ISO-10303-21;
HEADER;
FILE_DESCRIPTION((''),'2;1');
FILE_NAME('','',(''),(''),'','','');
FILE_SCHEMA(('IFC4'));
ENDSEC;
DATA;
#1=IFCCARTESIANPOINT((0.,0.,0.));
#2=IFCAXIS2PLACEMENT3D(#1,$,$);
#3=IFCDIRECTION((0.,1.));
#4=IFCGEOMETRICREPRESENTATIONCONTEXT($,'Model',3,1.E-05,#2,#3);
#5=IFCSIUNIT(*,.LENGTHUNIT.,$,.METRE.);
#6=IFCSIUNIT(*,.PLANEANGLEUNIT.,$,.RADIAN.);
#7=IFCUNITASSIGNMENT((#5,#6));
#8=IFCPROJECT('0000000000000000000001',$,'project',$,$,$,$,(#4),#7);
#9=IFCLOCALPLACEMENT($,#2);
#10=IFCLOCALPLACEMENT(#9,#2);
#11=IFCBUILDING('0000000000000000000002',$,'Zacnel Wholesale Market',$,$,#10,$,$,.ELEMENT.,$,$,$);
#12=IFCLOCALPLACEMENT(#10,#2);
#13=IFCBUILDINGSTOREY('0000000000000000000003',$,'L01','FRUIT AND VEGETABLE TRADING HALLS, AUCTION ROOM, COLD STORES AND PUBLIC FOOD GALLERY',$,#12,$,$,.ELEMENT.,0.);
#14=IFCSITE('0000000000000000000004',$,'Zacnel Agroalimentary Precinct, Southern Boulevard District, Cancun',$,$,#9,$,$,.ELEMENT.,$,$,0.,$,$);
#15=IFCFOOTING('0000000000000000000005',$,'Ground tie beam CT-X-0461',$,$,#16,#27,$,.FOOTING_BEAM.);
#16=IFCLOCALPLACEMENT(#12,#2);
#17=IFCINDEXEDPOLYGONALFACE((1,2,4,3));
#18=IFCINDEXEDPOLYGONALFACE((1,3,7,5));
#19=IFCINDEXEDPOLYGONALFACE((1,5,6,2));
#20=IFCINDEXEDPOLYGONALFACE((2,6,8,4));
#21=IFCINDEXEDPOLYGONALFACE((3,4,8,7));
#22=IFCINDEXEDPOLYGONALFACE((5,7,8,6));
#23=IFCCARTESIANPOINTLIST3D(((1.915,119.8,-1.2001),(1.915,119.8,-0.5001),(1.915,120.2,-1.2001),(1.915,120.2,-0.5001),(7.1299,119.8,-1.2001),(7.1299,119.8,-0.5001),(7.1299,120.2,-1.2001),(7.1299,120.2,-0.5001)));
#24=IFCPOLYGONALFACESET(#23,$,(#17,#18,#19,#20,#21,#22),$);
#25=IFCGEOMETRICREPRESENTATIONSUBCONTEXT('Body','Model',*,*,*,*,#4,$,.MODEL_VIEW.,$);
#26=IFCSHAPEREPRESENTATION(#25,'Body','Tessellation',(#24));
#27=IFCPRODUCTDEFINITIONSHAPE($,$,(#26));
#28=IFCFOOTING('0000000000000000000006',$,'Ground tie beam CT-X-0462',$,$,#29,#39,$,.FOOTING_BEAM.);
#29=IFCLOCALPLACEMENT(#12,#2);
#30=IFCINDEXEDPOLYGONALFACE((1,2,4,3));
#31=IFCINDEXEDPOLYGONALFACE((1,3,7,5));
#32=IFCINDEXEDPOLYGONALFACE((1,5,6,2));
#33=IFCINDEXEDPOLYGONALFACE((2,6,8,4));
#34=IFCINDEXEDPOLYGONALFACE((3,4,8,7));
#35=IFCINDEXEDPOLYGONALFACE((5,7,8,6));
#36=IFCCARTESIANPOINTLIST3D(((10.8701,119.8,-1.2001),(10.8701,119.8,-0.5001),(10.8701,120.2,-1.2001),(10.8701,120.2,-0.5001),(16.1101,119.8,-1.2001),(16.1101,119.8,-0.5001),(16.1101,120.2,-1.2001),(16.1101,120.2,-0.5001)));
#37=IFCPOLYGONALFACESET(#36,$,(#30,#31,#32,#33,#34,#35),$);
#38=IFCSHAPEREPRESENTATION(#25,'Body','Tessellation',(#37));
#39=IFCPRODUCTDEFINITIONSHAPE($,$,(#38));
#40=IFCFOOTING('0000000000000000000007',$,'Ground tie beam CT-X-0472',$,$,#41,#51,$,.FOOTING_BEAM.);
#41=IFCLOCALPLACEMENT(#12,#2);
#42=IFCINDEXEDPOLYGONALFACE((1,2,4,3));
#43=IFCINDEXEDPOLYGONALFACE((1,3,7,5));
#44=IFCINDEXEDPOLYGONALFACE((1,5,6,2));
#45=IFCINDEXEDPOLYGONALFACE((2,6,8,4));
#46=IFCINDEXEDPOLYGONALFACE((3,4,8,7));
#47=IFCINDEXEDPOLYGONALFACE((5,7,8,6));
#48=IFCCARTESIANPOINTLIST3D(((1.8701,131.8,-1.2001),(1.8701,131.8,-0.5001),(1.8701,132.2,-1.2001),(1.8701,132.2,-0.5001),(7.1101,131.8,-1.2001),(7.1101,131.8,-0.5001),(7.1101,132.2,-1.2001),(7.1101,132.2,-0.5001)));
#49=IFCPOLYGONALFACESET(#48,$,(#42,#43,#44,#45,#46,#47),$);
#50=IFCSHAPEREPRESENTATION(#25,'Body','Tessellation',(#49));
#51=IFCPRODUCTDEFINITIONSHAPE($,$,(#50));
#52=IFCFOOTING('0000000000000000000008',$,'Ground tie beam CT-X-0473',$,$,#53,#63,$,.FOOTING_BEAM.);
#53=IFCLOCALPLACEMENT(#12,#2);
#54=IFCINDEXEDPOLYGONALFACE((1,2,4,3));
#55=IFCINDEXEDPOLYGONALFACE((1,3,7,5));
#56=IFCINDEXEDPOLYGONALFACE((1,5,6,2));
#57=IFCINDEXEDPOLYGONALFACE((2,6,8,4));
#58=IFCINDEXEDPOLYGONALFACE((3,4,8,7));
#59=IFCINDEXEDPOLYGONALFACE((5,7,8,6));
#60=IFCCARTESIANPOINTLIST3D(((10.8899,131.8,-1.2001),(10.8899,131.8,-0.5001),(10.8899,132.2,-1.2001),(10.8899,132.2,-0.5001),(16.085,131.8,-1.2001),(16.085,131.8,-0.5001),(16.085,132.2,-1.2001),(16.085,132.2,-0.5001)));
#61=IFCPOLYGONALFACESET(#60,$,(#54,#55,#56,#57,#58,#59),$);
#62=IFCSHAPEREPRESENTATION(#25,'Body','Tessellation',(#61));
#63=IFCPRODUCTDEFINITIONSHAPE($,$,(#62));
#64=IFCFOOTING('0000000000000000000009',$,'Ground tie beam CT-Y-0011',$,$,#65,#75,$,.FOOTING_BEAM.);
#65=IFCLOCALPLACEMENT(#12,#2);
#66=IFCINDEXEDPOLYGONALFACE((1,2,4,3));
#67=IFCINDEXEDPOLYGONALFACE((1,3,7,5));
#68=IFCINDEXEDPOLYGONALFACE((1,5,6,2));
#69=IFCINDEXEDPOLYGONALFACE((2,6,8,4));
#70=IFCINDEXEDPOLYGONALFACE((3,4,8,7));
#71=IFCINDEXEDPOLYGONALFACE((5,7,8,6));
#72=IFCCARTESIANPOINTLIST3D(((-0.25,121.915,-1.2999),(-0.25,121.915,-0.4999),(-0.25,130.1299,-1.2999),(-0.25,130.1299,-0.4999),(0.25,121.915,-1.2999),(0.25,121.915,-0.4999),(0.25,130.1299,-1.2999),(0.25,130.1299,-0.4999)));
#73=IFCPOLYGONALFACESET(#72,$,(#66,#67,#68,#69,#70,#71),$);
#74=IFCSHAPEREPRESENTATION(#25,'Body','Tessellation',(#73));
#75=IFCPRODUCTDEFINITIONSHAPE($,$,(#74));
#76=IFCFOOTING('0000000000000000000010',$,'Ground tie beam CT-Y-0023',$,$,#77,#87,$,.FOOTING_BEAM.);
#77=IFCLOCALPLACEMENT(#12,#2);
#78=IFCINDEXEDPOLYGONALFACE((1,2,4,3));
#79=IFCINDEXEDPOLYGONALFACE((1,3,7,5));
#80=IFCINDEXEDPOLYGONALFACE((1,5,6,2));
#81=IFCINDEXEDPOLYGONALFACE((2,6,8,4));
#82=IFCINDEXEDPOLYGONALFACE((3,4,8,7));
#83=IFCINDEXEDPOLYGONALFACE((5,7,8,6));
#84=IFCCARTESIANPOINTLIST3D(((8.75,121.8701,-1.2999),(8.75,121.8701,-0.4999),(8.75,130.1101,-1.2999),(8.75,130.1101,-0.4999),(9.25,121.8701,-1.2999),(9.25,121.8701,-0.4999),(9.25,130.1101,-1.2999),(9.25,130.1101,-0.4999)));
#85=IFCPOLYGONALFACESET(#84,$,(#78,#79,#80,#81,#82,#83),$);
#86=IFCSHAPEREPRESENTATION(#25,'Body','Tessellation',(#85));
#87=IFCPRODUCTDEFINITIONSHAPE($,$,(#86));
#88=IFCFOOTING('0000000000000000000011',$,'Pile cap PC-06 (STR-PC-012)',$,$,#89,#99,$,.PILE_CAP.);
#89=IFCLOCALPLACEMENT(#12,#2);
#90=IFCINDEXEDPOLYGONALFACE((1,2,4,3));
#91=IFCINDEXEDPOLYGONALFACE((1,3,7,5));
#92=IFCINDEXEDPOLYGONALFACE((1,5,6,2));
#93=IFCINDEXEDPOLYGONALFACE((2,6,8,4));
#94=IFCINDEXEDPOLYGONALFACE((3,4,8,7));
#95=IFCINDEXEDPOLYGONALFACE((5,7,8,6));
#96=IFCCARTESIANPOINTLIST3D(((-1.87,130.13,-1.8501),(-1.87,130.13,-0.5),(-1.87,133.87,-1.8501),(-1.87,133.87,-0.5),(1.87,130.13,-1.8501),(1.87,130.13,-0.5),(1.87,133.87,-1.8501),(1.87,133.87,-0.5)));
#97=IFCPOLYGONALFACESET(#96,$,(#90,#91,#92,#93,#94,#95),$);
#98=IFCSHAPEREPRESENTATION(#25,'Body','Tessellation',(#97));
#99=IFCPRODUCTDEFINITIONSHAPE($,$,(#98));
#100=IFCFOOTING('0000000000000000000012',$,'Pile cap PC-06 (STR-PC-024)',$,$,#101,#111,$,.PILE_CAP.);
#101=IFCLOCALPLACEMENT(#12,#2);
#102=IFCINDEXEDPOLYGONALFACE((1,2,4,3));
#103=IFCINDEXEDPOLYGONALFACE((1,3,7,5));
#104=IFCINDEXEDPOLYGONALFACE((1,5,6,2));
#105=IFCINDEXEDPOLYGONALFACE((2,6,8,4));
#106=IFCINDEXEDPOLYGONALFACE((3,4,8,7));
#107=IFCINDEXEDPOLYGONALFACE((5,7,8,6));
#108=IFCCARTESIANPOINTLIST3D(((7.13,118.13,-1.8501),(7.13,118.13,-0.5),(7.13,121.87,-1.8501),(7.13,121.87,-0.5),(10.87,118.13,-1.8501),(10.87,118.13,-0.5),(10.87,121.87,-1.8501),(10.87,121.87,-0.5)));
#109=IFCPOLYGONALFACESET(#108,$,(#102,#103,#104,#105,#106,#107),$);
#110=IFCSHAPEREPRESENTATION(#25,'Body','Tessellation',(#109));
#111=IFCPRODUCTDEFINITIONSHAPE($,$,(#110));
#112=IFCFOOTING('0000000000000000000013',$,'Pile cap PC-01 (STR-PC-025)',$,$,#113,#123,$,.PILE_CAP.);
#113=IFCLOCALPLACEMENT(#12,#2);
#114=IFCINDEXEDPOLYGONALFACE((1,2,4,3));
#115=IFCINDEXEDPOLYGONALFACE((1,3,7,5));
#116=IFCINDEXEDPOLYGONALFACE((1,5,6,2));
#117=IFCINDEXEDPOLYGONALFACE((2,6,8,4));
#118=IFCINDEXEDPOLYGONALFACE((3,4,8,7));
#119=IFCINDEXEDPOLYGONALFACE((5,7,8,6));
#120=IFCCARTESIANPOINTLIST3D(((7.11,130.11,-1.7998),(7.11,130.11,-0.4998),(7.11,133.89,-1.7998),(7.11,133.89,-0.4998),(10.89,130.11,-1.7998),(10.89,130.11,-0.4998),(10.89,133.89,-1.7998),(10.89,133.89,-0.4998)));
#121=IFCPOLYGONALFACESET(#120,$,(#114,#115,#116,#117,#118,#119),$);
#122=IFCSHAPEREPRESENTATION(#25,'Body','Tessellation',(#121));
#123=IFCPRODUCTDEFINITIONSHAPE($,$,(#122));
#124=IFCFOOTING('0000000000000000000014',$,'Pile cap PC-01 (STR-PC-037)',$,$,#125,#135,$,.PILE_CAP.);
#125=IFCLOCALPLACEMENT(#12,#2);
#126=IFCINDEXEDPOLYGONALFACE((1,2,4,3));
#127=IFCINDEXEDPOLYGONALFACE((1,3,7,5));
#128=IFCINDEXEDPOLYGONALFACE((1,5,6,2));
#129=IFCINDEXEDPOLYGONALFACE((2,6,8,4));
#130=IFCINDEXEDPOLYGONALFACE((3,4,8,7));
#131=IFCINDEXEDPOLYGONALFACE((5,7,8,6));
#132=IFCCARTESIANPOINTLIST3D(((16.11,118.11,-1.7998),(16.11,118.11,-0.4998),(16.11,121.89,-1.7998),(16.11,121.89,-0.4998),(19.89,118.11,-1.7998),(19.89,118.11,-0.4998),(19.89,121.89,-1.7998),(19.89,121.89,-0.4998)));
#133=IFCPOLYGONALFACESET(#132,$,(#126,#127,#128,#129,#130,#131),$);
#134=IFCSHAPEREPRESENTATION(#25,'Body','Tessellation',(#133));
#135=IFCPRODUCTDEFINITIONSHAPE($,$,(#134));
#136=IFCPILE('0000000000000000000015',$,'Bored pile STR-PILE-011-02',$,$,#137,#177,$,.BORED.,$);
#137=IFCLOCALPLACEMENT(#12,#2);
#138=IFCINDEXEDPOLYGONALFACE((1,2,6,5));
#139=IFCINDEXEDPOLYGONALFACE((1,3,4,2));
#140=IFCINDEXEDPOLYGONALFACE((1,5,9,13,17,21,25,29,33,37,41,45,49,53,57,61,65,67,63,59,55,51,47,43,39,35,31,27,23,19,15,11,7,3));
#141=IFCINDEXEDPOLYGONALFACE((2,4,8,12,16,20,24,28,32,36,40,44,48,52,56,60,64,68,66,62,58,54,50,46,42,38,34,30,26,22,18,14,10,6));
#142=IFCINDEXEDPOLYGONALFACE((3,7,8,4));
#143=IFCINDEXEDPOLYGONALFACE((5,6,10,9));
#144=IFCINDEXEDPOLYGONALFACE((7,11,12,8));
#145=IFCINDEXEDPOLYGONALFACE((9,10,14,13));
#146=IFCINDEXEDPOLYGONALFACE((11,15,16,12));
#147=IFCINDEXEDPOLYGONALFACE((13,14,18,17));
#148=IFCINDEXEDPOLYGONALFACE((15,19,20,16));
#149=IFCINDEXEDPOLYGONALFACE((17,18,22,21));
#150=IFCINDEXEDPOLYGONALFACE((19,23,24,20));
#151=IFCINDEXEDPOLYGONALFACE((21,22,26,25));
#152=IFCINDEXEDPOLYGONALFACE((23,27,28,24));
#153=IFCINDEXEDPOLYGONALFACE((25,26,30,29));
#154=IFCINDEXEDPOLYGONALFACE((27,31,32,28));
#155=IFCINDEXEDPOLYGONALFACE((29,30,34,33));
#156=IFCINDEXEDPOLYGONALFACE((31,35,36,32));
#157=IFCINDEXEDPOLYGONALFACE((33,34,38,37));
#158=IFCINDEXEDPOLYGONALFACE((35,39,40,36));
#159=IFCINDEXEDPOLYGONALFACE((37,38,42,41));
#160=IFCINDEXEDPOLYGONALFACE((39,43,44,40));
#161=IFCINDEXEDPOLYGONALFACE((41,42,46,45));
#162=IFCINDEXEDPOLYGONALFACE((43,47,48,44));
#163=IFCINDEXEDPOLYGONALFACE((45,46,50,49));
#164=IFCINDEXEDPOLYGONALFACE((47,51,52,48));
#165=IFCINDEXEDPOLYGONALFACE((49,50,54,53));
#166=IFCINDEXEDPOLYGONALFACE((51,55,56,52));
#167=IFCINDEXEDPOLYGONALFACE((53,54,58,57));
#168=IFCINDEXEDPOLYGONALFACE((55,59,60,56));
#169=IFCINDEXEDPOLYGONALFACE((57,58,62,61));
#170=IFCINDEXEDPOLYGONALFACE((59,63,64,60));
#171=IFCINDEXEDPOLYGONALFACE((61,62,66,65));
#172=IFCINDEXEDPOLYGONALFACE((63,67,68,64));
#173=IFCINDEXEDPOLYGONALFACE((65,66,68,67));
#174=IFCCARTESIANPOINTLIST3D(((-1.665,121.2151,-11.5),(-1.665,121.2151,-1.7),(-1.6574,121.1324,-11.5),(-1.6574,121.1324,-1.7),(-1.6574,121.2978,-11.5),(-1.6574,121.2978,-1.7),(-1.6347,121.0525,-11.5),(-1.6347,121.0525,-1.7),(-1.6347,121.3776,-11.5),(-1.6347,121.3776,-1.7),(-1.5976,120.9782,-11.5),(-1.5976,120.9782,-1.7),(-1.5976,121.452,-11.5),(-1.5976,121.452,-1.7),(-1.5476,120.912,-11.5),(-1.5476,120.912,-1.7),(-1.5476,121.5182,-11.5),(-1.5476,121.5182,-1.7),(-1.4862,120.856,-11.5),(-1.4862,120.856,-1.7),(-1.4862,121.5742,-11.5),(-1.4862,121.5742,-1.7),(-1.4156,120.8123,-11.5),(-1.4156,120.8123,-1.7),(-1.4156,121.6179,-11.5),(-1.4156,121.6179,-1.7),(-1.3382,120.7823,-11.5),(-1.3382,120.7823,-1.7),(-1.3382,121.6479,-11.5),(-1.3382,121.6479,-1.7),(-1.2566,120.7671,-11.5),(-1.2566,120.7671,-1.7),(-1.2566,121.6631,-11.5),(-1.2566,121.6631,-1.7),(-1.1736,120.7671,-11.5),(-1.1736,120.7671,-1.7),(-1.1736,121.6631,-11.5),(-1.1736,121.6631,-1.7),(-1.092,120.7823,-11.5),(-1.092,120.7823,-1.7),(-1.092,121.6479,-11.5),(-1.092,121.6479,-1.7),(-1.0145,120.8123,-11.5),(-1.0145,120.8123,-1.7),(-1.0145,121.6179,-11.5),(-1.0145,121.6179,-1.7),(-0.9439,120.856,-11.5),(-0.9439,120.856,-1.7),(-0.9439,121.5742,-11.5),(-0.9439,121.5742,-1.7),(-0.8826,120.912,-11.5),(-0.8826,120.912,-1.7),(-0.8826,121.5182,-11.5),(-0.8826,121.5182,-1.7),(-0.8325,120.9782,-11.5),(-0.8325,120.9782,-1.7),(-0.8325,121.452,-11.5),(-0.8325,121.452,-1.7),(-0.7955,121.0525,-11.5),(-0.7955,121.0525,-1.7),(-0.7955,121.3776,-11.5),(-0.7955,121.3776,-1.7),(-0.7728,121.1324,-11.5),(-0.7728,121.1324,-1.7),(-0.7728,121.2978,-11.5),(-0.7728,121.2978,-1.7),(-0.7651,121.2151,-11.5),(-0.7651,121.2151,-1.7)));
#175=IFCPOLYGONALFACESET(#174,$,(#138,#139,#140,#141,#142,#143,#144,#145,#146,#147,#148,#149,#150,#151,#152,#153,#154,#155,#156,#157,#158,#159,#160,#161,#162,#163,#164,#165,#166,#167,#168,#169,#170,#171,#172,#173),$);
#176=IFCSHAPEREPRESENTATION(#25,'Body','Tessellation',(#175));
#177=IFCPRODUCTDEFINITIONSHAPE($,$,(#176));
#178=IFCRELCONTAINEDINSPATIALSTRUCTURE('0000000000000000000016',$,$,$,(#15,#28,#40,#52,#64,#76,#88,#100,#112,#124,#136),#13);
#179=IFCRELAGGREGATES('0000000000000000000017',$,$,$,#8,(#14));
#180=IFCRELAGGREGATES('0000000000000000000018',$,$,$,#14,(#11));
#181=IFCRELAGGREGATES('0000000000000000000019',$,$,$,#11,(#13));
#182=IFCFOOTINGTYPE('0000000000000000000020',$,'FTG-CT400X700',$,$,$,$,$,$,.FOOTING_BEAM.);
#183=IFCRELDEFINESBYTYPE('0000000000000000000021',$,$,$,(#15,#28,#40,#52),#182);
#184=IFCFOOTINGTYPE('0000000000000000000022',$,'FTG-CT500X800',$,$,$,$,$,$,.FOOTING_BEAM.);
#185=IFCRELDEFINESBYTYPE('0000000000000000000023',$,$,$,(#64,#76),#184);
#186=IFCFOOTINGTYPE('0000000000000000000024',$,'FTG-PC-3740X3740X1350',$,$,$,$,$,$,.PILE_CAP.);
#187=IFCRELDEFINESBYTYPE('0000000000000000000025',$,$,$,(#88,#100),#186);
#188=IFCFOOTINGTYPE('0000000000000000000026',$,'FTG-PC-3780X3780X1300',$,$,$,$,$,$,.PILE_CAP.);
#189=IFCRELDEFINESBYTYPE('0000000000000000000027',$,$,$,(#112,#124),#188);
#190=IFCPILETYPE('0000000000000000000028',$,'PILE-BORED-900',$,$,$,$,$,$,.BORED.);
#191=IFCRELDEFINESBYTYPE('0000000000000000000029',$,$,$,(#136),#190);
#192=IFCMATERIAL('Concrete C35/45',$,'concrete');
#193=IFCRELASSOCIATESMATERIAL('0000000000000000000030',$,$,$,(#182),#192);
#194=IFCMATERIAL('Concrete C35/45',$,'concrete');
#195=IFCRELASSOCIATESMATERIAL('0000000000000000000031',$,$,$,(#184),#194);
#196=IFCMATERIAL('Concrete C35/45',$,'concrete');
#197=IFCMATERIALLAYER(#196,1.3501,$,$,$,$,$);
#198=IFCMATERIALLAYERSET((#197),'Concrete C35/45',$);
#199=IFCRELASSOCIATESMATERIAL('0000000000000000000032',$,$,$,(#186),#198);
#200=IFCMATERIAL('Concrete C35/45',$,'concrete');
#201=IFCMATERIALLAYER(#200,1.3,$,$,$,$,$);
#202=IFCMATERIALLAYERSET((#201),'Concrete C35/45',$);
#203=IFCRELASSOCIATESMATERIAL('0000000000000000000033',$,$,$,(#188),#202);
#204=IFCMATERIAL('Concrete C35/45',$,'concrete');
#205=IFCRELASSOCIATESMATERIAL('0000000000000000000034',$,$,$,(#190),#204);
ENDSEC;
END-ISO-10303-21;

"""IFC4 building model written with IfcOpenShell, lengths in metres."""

from ifc_helpers import new_model, si_unit, direction, frame, origin, origin_2d, place, context, subcontext, project, spatial, rectangle, circle, extrude, material, layer, layer_set, material_profile, profile_set, type_object, element, save


model = new_model("IFC4")

# Units and contexts
model_context = context("Model", 3, precision=1e-05, world=origin(), true_north=direction((0.0, 1.0)))
body_context = subcontext(model_context, "Body", "Model", "MODEL_VIEW")
ifc_project = project(units=[si_unit("LENGTHUNIT", "METRE"), si_unit("PLANEANGLEUNIT", "RADIAN")], contexts=[model_context])

# Site, building, storey
site_placement = place(None, origin())
site = spatial("IfcSite", under=ifc_project, at=site_placement, Name="Zacnel Agroalimentary Precinct, Southern Boulevard District, Cancun", CompositionType="ELEMENT", RefElevation=0.0)
building_placement = place(site_placement, origin())
building = spatial("IfcBuilding", under=site, at=building_placement, Name="Zacnel Wholesale Market", CompositionType="ELEMENT")
storey_placement = place(building_placement, origin())
storey = spatial("IfcBuildingStorey", under=building, at=storey_placement, Name="L01", Description="FRUIT AND VEGETABLE TRADING HALLS, AUCTION ROOM, COLD STORES AND PUBLIC FOOD GALLERY", CompositionType="ELEMENT", Elevation=0.0)

# Footings
ifc_material_1 = material(Name="Concrete C35/45", Category="concrete")
ifc_material_profile_1 = material_profile(ifc_material_1, rectangle(XDim=0.3999, YDim=0.7, at=origin_2d()), Name="CT 400x700")
ifc_profile_set_1 = profile_set([ifc_material_profile_1], Name="Concrete C35/45")
footing_type_1 = type_object("IfcFootingType", Name="FTG-CT400X700", PredefinedType="FOOTING_BEAM", material=ifc_profile_set_1)
footing_1_placement = place(storey_placement, frame((1.915, 120.0, -0.8501), z_axis=(1.0, 0.0, 0.0), x_axis=(0.0, 1.0, 0.0)))
element("IfcFooting", 1, at=footing_1_placement, inside=storey, type_object=footing_type_1, Name="Ground tie beam CT-X-0461", PredefinedType="FOOTING_BEAM", context=body_context, shape_type="SweptSolid", body=[
    extrude(rectangle(XDim=0.3999, YDim=0.7, at=origin_2d()), origin(), (0.0, 0.0, 1.0), 5.2148),
])
for number, where, z_axis, x_axis, name in (
    (2, (10.8701, 120.0, -0.8501), (1.0, 0.0, 0.0), (0.0, 1.0, 0.0), "Ground tie beam CT-X-0462"),
    (3, (1.8701, 132.0, -0.8501), (1.0, 0.0, 0.0), (0.0, 1.0, 0.0), "Ground tie beam CT-X-0472"),
):
    element("IfcFooting", number, at=place(storey_placement, frame(where, z_axis=z_axis, x_axis=x_axis)), inside=storey, type_object=footing_type_1, Name=name, PredefinedType="FOOTING_BEAM", context=body_context, shape_type="SweptSolid", body=[
        extrude(rectangle(XDim=0.3999, YDim=0.7, at=origin_2d()), origin(), (0.0, 0.0, 1.0), 5.24),
    ])
footing_2_placement = place(storey_placement, frame((10.8899, 132.0, -0.8501), z_axis=(1.0, 0.0, 0.0), x_axis=(0.0, 1.0, 0.0)))
element("IfcFooting", 4, at=footing_2_placement, inside=storey, type_object=footing_type_1, Name="Ground tie beam CT-X-0473", PredefinedType="FOOTING_BEAM", context=body_context, shape_type="SweptSolid", body=[
    extrude(rectangle(XDim=0.3999, YDim=0.7, at=origin_2d()), origin(), (0.0, 0.0, 1.0), 5.1951),
])
ifc_material_2 = material(Name="Concrete C35/45", Category="concrete")
ifc_material_profile_2 = material_profile(ifc_material_2, rectangle(XDim=0.5, YDim=0.8, at=origin_2d()), Name="CT 500x800")
ifc_profile_set_2 = profile_set([ifc_material_profile_2], Name="Concrete C35/45")
footing_type_2 = type_object("IfcFootingType", Name="FTG-CT500X800", PredefinedType="FOOTING_BEAM", material=ifc_profile_set_2)
footing_3_placement = place(storey_placement, frame((0.0, 121.915, -0.8999), z_axis=(0.0, 1.0, 0.0), x_axis=(-1.0, 0.0, 0.0)))
element("IfcFooting", 5, at=footing_3_placement, inside=storey, type_object=footing_type_2, Name="Ground tie beam CT-Y-0011", PredefinedType="FOOTING_BEAM", context=body_context, shape_type="SweptSolid", body=[
    extrude(rectangle(XDim=0.5, YDim=0.8, at=origin_2d()), origin(), (0.0, 0.0, 1.0), 8.2148),
])
footing_4_placement = place(storey_placement, frame((9.0, 121.8701, -0.8999), z_axis=(0.0, 1.0, 0.0), x_axis=(-1.0, 0.0, 0.0)))
element("IfcFooting", 6, at=footing_4_placement, inside=storey, type_object=footing_type_2, Name="Ground tie beam CT-Y-0023", PredefinedType="FOOTING_BEAM", context=body_context, shape_type="SweptSolid", body=[
    extrude(rectangle(XDim=0.5, YDim=0.8, at=origin_2d()), origin(), (0.0, 0.0, 1.0), 8.24),
])
ifc_material_3 = material(Name="Concrete C35/45", Category="concrete")
ifc_layer_1 = layer(ifc_material_3, 1.3501)
ifc_layer_set_1 = layer_set([ifc_layer_1], Name="Concrete C35/45")
footing_type_3 = type_object("IfcFootingType", Name="FTG-PC-3740X3740X1350", PredefinedType="PILE_CAP", material=ifc_layer_set_1)
for number, where, z_axis, x_axis, name in (
    (7, (0.0, 132.0, -1.8501), (0.0, 0.0, 1.0), (1.0, 0.0, 0.0), "Pile cap PC-06 (STR-PC-012)"),
    (8, (9.0, 120.0, -1.8501), (0.0, 0.0, 1.0), (1.0, 0.0, 0.0), "Pile cap PC-06 (STR-PC-024)"),
):
    element("IfcFooting", number, at=place(storey_placement, frame(where, z_axis=z_axis, x_axis=x_axis)), inside=storey, type_object=footing_type_3, Name=name, PredefinedType="PILE_CAP", context=body_context, shape_type="SweptSolid", body=[
        extrude(rectangle(XDim=3.74, YDim=3.74, at=origin_2d()), origin(), (0.0, 0.0, 1.0), 1.3501),
    ])
ifc_material_4 = material(Name="Concrete C35/45", Category="concrete")
ifc_layer_2 = layer(ifc_material_4, 1.3)
ifc_layer_set_2 = layer_set([ifc_layer_2], Name="Concrete C35/45")
footing_type_4 = type_object("IfcFootingType", Name="FTG-PC-3780X3780X1300", PredefinedType="PILE_CAP", material=ifc_layer_set_2)
for number, where, z_axis, x_axis, name in (
    (9, (9.0, 132.0, -1.7998), (0.0, 0.0, 1.0), (1.0, 0.0, 0.0), "Pile cap PC-01 (STR-PC-025)"),
    (10, (18.0, 120.0, -1.7998), (0.0, 0.0, 1.0), (1.0, 0.0, 0.0), "Pile cap PC-01 (STR-PC-037)"),
):
    element("IfcFooting", number, at=place(storey_placement, frame(where, z_axis=z_axis, x_axis=x_axis)), inside=storey, type_object=footing_type_4, Name=name, PredefinedType="PILE_CAP", context=body_context, shape_type="SweptSolid", body=[
        extrude(rectangle(XDim=3.78, YDim=3.78, at=origin_2d()), origin(), (0.0, 0.0, 1.0), 1.3),
    ])

# Pile
ifc_material_5 = material(Name="Concrete C35/45", Category="concrete")
ifc_material_profile_3 = material_profile(ifc_material_5, circle(Radius=0.45, at=origin_2d()), Name="BORED PILE D900")
ifc_profile_set_3 = profile_set([ifc_material_profile_3], Name="Concrete C35/45")
pile_type = type_object("IfcPileType", Name="PILE-BORED-900", PredefinedType="BORED", material=ifc_profile_set_3)
for number, where, z_axis, x_axis, name in (
    (11, (-1.2151, 121.2151, -1.7), (0.0, 0.0, -1.0), (1.0, 0.0, 0.0), "Bored pile STR-PILE-011-02"),
):
    element("IfcPile", number, at=place(storey_placement, frame(where, z_axis=z_axis, x_axis=x_axis)), inside=storey, type_object=pile_type, Name=name, PredefinedType="BORED", context=body_context, shape_type="SweptSolid", body=[
        extrude(circle(Radius=0.45, at=origin_2d()), origin(), (0.0, 0.0, 1.0), 9.8),
    ])

save(model, "model.ifc")
